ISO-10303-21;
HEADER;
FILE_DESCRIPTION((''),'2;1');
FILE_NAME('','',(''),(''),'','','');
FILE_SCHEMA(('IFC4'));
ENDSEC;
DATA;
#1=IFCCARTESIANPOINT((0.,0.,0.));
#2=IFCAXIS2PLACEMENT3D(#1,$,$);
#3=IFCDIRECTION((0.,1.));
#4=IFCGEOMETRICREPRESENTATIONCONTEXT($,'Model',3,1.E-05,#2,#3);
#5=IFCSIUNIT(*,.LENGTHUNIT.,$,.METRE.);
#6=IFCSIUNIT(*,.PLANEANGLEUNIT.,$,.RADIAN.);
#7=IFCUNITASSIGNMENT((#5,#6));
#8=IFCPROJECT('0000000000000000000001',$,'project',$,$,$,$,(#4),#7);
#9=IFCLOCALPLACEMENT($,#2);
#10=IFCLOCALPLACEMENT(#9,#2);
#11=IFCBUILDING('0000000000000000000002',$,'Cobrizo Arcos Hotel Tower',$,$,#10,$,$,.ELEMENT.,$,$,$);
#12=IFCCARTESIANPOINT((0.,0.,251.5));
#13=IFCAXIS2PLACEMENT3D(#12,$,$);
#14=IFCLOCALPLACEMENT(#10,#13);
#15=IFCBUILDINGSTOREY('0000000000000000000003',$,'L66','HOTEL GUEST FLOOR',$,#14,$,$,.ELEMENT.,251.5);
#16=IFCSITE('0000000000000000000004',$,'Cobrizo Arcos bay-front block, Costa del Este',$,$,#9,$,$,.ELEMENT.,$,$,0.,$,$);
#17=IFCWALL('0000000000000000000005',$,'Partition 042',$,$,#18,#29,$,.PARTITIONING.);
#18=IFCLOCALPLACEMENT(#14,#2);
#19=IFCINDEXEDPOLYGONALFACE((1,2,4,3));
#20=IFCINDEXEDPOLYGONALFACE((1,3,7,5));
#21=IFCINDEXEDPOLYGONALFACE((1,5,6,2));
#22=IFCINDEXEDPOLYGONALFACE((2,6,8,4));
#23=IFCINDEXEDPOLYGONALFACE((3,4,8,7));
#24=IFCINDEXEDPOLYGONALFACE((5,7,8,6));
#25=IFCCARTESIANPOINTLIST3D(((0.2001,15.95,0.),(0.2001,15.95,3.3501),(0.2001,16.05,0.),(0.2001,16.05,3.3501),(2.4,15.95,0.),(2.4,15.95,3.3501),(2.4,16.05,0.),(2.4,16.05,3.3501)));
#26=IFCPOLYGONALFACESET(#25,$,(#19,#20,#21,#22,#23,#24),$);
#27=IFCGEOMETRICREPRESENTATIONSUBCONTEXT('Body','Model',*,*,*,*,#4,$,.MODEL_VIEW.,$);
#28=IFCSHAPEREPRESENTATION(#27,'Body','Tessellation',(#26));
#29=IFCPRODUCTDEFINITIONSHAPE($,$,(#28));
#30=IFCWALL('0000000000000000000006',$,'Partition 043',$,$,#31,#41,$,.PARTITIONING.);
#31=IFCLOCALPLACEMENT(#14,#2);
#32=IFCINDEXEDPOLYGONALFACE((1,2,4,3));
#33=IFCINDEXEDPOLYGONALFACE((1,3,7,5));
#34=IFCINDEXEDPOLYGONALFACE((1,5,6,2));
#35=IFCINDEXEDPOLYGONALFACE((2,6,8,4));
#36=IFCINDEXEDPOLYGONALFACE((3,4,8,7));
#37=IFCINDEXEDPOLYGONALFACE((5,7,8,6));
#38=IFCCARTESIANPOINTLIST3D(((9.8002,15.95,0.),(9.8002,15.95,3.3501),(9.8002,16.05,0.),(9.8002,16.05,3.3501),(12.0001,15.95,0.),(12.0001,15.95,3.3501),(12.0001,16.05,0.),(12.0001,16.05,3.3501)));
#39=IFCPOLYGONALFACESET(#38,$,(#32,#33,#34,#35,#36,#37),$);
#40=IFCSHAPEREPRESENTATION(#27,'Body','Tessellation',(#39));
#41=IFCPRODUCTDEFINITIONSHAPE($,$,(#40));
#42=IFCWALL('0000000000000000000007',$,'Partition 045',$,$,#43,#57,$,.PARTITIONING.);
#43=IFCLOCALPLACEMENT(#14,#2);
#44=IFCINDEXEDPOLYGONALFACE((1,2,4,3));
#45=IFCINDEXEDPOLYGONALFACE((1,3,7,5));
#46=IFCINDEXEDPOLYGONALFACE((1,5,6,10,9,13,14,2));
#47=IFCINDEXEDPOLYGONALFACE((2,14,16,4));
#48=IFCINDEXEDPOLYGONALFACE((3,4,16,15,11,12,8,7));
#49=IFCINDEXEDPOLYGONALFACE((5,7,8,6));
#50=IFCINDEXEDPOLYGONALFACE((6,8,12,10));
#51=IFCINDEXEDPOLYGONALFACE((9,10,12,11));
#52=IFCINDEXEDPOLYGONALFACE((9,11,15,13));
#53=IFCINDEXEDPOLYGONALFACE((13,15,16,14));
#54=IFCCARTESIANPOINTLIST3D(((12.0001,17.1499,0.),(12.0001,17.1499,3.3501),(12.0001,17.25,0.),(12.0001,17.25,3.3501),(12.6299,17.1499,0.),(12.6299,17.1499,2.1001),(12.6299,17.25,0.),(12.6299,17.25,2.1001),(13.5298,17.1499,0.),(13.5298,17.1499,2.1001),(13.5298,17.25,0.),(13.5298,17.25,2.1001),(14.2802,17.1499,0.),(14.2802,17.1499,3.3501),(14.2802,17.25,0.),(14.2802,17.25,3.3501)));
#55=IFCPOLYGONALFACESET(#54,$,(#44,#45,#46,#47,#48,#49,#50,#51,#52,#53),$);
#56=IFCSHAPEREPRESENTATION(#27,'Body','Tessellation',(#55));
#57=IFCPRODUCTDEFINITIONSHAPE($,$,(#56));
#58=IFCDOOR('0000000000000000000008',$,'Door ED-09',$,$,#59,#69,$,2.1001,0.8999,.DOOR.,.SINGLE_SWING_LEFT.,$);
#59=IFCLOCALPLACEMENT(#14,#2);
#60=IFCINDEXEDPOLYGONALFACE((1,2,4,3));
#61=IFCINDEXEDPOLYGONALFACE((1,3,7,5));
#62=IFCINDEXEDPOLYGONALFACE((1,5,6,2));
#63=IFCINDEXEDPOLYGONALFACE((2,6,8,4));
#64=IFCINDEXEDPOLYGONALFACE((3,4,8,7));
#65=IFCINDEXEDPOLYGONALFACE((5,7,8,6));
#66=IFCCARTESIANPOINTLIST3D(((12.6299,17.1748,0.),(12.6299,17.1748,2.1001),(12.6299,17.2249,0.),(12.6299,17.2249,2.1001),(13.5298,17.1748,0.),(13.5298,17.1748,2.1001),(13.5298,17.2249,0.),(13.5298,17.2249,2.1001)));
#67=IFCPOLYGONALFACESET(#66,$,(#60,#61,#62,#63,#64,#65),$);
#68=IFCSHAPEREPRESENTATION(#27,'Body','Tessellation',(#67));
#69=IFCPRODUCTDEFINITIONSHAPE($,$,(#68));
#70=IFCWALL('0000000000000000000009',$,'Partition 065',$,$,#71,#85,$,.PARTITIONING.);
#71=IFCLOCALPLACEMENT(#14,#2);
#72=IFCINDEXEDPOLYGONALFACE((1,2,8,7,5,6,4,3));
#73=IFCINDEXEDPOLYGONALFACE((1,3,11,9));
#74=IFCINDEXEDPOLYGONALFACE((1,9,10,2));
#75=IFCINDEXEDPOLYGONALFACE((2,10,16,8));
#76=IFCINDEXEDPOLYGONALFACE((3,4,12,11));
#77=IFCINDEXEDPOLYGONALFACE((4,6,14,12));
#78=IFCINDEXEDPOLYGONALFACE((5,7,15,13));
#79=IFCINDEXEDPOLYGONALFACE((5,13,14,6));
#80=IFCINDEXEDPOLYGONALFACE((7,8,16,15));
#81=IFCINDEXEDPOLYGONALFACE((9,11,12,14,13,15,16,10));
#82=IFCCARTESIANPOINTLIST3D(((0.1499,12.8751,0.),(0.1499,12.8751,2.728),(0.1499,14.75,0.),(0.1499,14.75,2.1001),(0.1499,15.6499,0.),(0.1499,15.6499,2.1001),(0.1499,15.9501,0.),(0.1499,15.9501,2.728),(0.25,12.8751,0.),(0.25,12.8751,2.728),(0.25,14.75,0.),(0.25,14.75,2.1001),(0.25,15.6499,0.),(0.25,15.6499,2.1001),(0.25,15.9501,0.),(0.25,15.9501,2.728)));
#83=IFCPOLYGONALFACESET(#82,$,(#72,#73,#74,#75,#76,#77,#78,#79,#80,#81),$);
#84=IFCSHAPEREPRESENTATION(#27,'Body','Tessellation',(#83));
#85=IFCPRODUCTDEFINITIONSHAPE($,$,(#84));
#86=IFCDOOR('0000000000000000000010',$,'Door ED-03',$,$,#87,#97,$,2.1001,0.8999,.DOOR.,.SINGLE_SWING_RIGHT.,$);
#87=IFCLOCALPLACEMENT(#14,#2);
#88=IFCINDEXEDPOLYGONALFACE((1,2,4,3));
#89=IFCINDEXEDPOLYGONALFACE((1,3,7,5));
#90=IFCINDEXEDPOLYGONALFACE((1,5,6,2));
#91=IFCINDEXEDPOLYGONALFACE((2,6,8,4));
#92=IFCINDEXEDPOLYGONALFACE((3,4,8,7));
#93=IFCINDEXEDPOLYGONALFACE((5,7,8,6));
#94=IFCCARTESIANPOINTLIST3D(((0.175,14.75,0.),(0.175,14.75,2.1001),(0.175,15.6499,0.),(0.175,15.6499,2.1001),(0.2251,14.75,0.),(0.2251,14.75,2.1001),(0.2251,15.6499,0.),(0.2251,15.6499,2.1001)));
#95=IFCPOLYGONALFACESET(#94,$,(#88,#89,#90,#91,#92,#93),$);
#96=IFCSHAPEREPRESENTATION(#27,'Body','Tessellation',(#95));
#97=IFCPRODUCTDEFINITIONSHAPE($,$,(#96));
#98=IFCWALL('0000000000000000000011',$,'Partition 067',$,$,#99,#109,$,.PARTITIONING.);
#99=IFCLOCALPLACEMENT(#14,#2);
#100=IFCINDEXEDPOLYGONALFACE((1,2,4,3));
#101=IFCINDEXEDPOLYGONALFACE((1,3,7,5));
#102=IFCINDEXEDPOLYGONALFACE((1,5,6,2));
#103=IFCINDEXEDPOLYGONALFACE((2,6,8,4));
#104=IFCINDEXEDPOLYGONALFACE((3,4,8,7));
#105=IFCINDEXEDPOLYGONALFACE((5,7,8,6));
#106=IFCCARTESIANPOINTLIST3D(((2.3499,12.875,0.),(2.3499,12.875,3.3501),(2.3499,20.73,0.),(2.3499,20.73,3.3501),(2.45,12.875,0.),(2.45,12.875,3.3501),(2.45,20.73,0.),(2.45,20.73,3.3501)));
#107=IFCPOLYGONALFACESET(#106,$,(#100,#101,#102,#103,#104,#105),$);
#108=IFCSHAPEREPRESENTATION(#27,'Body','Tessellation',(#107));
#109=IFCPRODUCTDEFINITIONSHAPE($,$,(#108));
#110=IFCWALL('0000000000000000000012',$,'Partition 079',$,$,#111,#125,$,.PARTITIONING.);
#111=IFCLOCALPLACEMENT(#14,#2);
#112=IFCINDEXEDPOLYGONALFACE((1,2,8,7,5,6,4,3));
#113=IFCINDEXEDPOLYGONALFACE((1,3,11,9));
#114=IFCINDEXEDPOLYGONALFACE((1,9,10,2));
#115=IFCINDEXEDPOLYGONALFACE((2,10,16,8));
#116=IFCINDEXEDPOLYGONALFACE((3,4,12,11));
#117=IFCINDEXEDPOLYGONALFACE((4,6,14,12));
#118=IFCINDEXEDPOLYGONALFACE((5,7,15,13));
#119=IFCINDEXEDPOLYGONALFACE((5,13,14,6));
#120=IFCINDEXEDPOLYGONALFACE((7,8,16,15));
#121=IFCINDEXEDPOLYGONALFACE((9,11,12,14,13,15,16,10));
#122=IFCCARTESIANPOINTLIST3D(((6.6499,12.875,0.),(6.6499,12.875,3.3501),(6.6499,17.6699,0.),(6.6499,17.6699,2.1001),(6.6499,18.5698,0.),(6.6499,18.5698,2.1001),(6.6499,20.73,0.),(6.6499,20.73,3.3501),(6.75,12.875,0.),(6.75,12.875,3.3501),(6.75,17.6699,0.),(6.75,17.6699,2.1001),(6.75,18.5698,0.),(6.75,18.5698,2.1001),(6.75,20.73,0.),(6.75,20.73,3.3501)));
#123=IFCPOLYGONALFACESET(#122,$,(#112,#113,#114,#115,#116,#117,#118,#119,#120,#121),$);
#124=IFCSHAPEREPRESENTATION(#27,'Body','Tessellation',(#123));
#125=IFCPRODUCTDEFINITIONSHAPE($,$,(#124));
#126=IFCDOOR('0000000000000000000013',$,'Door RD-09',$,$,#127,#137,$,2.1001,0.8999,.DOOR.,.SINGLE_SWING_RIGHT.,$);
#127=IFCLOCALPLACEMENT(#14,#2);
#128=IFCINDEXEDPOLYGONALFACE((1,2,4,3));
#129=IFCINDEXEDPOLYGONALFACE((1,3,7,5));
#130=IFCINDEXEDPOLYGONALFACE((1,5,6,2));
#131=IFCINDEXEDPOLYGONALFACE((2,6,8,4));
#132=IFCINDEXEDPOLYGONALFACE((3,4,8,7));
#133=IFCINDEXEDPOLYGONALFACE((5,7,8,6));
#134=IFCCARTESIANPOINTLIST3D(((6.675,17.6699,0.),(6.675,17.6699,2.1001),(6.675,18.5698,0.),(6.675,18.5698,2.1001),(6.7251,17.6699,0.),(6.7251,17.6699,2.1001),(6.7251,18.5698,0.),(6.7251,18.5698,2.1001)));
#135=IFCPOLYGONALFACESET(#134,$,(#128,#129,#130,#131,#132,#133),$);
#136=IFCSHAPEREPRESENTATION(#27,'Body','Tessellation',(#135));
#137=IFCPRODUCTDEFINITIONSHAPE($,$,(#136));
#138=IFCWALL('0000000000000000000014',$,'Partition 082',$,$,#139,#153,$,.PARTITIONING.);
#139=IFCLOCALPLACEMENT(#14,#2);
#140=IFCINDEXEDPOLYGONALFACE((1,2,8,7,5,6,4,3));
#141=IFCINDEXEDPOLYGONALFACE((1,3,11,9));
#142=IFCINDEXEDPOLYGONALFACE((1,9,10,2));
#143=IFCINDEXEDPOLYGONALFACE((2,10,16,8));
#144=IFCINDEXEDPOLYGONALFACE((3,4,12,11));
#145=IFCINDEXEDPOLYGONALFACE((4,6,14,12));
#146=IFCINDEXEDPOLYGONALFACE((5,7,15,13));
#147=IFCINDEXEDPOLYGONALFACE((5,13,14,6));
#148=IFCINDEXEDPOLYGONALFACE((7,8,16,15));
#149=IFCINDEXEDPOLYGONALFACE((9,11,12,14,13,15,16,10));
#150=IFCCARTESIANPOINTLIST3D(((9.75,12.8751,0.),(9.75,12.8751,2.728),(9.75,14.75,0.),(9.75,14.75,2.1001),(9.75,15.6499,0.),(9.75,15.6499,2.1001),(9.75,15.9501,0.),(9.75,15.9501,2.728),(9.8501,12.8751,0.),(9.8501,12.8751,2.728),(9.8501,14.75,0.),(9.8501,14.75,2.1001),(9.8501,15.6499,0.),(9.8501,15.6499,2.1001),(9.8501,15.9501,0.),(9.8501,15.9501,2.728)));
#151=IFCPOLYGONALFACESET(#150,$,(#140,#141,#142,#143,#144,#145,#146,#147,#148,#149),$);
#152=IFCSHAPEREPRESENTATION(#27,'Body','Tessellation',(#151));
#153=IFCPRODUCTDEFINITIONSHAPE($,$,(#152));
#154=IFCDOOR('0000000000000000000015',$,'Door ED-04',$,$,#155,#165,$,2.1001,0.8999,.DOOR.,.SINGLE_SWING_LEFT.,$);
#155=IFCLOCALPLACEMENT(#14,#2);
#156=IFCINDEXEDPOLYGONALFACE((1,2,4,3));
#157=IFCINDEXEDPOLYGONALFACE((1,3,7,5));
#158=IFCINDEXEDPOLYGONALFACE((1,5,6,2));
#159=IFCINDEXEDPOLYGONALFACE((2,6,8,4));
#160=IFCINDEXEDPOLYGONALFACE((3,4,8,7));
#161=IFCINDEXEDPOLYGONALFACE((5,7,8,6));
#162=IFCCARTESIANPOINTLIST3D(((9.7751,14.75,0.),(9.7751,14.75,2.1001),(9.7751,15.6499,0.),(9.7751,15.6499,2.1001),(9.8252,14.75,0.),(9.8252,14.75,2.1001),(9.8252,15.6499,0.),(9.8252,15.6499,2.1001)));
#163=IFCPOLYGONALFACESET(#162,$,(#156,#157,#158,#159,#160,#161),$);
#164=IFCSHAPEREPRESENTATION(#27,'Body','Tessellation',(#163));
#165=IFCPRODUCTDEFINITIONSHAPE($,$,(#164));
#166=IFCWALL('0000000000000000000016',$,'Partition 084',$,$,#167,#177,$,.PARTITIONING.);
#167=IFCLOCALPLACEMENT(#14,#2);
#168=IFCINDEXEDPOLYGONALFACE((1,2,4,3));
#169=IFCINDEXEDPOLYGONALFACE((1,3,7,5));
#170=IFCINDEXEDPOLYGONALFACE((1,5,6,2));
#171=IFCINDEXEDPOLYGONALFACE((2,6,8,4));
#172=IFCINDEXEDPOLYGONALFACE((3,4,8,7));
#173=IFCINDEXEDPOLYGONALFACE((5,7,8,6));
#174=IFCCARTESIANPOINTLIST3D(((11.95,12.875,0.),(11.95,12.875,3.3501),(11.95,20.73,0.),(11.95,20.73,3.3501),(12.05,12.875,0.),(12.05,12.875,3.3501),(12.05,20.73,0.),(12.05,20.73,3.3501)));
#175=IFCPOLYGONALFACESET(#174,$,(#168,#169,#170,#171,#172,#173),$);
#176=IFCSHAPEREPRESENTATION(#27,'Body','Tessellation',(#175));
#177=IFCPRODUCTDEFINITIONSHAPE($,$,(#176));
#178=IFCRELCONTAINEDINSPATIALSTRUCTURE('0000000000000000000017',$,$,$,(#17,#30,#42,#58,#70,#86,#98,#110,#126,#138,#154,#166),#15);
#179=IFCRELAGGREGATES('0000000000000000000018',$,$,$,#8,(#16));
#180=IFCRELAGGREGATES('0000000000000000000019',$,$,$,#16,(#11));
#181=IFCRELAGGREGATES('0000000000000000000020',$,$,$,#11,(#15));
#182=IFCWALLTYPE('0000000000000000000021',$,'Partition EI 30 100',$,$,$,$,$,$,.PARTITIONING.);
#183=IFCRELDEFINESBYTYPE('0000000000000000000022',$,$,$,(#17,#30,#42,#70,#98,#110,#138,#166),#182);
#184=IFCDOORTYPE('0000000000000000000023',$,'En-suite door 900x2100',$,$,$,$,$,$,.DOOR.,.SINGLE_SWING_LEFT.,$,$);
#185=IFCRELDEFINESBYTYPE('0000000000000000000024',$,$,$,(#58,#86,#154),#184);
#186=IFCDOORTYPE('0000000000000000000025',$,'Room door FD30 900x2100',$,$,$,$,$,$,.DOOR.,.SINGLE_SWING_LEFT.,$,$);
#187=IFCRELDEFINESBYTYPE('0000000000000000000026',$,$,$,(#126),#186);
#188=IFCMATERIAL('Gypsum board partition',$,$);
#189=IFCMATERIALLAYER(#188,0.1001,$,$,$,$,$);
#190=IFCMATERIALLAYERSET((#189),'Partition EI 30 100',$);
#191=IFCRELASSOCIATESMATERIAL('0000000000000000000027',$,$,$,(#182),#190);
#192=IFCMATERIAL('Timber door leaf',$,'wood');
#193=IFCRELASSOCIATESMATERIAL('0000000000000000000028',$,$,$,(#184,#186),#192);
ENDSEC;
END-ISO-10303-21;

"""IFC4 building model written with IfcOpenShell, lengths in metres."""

from ifc_helpers import new_model, si_unit, direction, frame, frame_2d, origin, place, context, subcontext, project, spatial, rectangle, extrude, material, layer, layer_set, type_object, element, fill, save


model = new_model("IFC4")

# Units and contexts
model_context = context("Model", 3, precision=1e-05, world=origin(), true_north=direction((0.0, 1.0)))
body_context = subcontext(model_context, "Body", "Model", "MODEL_VIEW")
ifc_project = project(units=[si_unit("LENGTHUNIT", "METRE"), si_unit("PLANEANGLEUNIT", "RADIAN")], contexts=[model_context])

# Site, building, storey
site_placement = place(None, origin())
site = spatial("IfcSite", under=ifc_project, at=site_placement, Name="Cobrizo Arcos bay-front block, Costa del Este", CompositionType="ELEMENT", RefElevation=0.0)
building_placement = place(site_placement, origin())
building = spatial("IfcBuilding", under=site, at=building_placement, Name="Cobrizo Arcos Hotel Tower", CompositionType="ELEMENT")
storey_placement = place(building_placement, frame((0.0, 0.0, 251.5)))
storey = spatial("IfcBuildingStorey", under=building, at=storey_placement, Name="L66", Description="HOTEL GUEST FLOOR", CompositionType="ELEMENT", Elevation=251.5)

# Walls
ifc_material_1 = material(Name="Gypsum board partition")
ifc_layer_1 = layer(ifc_material_1, 0.1001)
ifc_layer_set_1 = layer_set([ifc_layer_1], Name="Partition EI 30 100")
wall_type = type_object("IfcWallType", Name="Partition EI 30 100", PredefinedType="PARTITIONING", material=ifc_layer_set_1)
for number, where, z_axis, x_axis, name in (
    (1, (0.2, 16.0, 0.0), (0.0, 0.0, 1.0), (1.0, 0.0, 0.0), "Partition 042"),
    (2, (9.8, 16.0, 0.0), (0.0, 0.0, 1.0), (1.0, 0.0, 0.0), "Partition 043"),
):
    element("IfcWall", number, at=place(storey_placement, frame(where, z_axis=z_axis, x_axis=x_axis)), inside=storey, type_object=wall_type, Name=name, PredefinedType="PARTITIONING", context=body_context, shape_type="SweptSolid", body=[
        extrude(rectangle(XDim=2.2, YDim=0.1001, at=frame_2d((1.1001, 0.0))), origin(), (0.0, 0.0, 1.0), 3.3501),
    ])

# Walls, openings, doors
wall_1_placement = place(storey_placement, frame((12.0, 17.2, 0.0), z_axis=(0.0, 0.0, 1.0), x_axis=(1.0, 0.0, 0.0)))
wall_1 = element("IfcWall", 3, at=wall_1_placement, inside=storey, type_object=wall_type, Name="Partition 045", PredefinedType="PARTITIONING", context=body_context, shape_type="SweptSolid", body=[
    extrude(rectangle(XDim=2.28, YDim=0.1001, at=frame_2d((1.1401, 0.0))), origin(), (0.0, 0.0, 1.0), 3.3501),
])
opening_1_placement = place(wall_1_placement, frame((0.6299, 0.0, 0.0)))
opening_1 = element("IfcOpeningElement", 4, at=opening_1_placement, cuts=wall_1, PredefinedType="OPENING", context=body_context, shape_type="SweptSolid", body=[
    extrude(rectangle(XDim=0.8999, YDim=2.1001, at=frame_2d((0.45, 1.05))), frame((0.0, 0.062, 0.0), z_axis=(0.0, -1.0, 0.0), x_axis=(1.0, 0.0, 0.0)), (0.0, 0.0, 1.0), 0.124),
])
ifc_material_2 = material(Name="Timber door leaf", Category="wood")
door_type_1 = type_object("IfcDoorType", Name="En-suite door 900x2100", OperationType="SINGLE_SWING_LEFT", PredefinedType="DOOR", material=ifc_material_2)
door_1_placement = place(opening_1_placement, origin())
door_1 = element("IfcDoor", 5, at=door_1_placement, inside=storey, type_object=door_type_1, Name="Door ED-09", OperationType="SINGLE_SWING_LEFT", OverallHeight=2.1001, OverallWidth=0.8999, PredefinedType="DOOR", context=body_context, shape_type="SweptSolid", body=[
    extrude(rectangle(XDim=0.8999, YDim=2.1001, at=frame_2d((0.45, 1.05))), frame((0.0, 0.0249, 0.0), z_axis=(0.0, -1.0, 0.0), x_axis=(1.0, 0.0, 0.0)), (0.0, 0.0, 1.0), 0.05),
])
fill(opening_1, door_1)
wall_2_placement = place(storey_placement, frame((0.2, 12.875, 0.0), z_axis=(0.0, 0.0, 1.0), x_axis=(0.0, 1.0, 0.0)))
wall_2 = element("IfcWall", 6, at=wall_2_placement, inside=storey, type_object=wall_type, Name="Partition 065", PredefinedType="PARTITIONING", context=body_context, shape_type="SweptSolid", body=[
    extrude(rectangle(XDim=3.075, YDim=0.1001, at=frame_2d((1.5376, 0.0))), origin(), (0.0, 0.0, 1.0), 2.728),
])
opening_2_placement = place(wall_2_placement, frame((1.875, 0.0, 0.0)))
opening_2 = element("IfcOpeningElement", 7, at=opening_2_placement, cuts=wall_2, PredefinedType="OPENING", context=body_context, shape_type="SweptSolid", body=[
    extrude(rectangle(XDim=0.8999, YDim=2.1001, at=frame_2d((0.45, 1.05))), frame((0.0, 0.062, 0.0), z_axis=(0.0, -1.0, 0.0), x_axis=(1.0, 0.0, 0.0)), (0.0, 0.0, 1.0), 0.124),
])
door_2_placement = place(opening_2_placement, origin())
door_2 = element("IfcDoor", 8, at=door_2_placement, inside=storey, type_object=door_type_1, Name="Door ED-03", OperationType="SINGLE_SWING_RIGHT", OverallHeight=2.1001, OverallWidth=0.8999, PredefinedType="DOOR", context=body_context, shape_type="SweptSolid", body=[
    extrude(rectangle(XDim=0.8999, YDim=2.1001, at=frame_2d((0.45, 1.05))), frame((0.0, 0.0249, 0.0), z_axis=(0.0, -1.0, 0.0), x_axis=(1.0, 0.0, 0.0)), (0.0, 0.0, 1.0), 0.05),
])
fill(opening_2, door_2)

# Wall
wall_3_placement = place(storey_placement, frame((2.3999, 12.875, 0.0), z_axis=(0.0, 0.0, 1.0), x_axis=(0.0, 1.0, 0.0)))
element("IfcWall", 9, at=wall_3_placement, inside=storey, type_object=wall_type, Name="Partition 067", PredefinedType="PARTITIONING", context=body_context, shape_type="SweptSolid", body=[
    extrude(rectangle(XDim=7.855, YDim=0.1001, at=frame_2d((3.9275, 0.0))), origin(), (0.0, 0.0, 1.0), 3.3501),
])

# Walls, openings, doors
wall_4_placement = place(storey_placement, frame((6.7, 12.875, 0.0), z_axis=(0.0, 0.0, 1.0), x_axis=(0.0, 1.0, 0.0)))
wall_4 = element("IfcWall", 10, at=wall_4_placement, inside=storey, type_object=wall_type, Name="Partition 079", PredefinedType="PARTITIONING", context=body_context, shape_type="SweptSolid", body=[
    extrude(rectangle(XDim=7.855, YDim=0.1001, at=frame_2d((3.9275, 0.0))), origin(), (0.0, 0.0, 1.0), 3.3501),
])
opening_3_placement = place(wall_4_placement, frame((4.7949, 0.0, 0.0)))
opening_3 = element("IfcOpeningElement", 11, at=opening_3_placement, cuts=wall_4, PredefinedType="OPENING", context=body_context, shape_type="SweptSolid", body=[
    extrude(rectangle(XDim=0.8999, YDim=2.1001, at=frame_2d((0.45, 1.05))), frame((0.0, 0.062, 0.0), z_axis=(0.0, -1.0, 0.0), x_axis=(1.0, 0.0, 0.0)), (0.0, 0.0, 1.0), 0.124),
])
door_type_2 = type_object("IfcDoorType", Name="Room door FD30 900x2100", OperationType="SINGLE_SWING_LEFT", PredefinedType="DOOR", material=ifc_material_2)
door_3_placement = place(opening_3_placement, origin())
door_3 = element("IfcDoor", 12, at=door_3_placement, inside=storey, type_object=door_type_2, Name="Door RD-09", OperationType="SINGLE_SWING_RIGHT", OverallHeight=2.1001, OverallWidth=0.8999, PredefinedType="DOOR", context=body_context, shape_type="SweptSolid", body=[
    extrude(rectangle(XDim=0.8999, YDim=2.1001, at=frame_2d((0.45, 1.05))), frame((0.0, 0.0249, 0.0), z_axis=(0.0, -1.0, 0.0), x_axis=(1.0, 0.0, 0.0)), (0.0, 0.0, 1.0), 0.05),
])
fill(opening_3, door_3)
wall_5_placement = place(storey_placement, frame((9.8, 12.875, 0.0), z_axis=(0.0, 0.0, 1.0), x_axis=(0.0, 1.0, 0.0)))
wall_5 = element("IfcWall", 13, at=wall_5_placement, inside=storey, type_object=wall_type, Name="Partition 082", PredefinedType="PARTITIONING", context=body_context, shape_type="SweptSolid", body=[
    extrude(rectangle(XDim=3.075, YDim=0.1001, at=frame_2d((1.5376, 0.0))), origin(), (0.0, 0.0, 1.0), 2.728),
])
opening_4_placement = place(wall_5_placement, frame((1.875, 0.0, 0.0)))
opening_4 = element("IfcOpeningElement", 14, at=opening_4_placement, cuts=wall_5, PredefinedType="OPENING", context=body_context, shape_type="SweptSolid", body=[
    extrude(rectangle(XDim=0.8999, YDim=2.1001, at=frame_2d((0.45, 1.05))), frame((0.0, 0.062, 0.0), z_axis=(0.0, -1.0, 0.0), x_axis=(1.0, 0.0, 0.0)), (0.0, 0.0, 1.0), 0.124),
])
door_4_placement = place(opening_4_placement, origin())
door_4 = element("IfcDoor", 15, at=door_4_placement, inside=storey, type_object=door_type_1, Name="Door ED-04", OperationType="SINGLE_SWING_LEFT", OverallHeight=2.1001, OverallWidth=0.8999, PredefinedType="DOOR", context=body_context, shape_type="SweptSolid", body=[
    extrude(rectangle(XDim=0.8999, YDim=2.1001, at=frame_2d((0.45, 1.05))), frame((0.0, 0.0249, 0.0), z_axis=(0.0, -1.0, 0.0), x_axis=(1.0, 0.0, 0.0)), (0.0, 0.0, 1.0), 0.05),
])
fill(opening_4, door_4)

# Wall
wall_6_placement = place(storey_placement, frame((12.0, 12.875, 0.0), z_axis=(0.0, 0.0, 1.0), x_axis=(0.0, 1.0, 0.0)))
element("IfcWall", 16, at=wall_6_placement, inside=storey, type_object=wall_type, Name="Partition 084", PredefinedType="PARTITIONING", context=body_context, shape_type="SweptSolid", body=[
    extrude(rectangle(XDim=7.855, YDim=0.1001, at=frame_2d((3.9275, 0.0))), origin(), (0.0, 0.0, 1.0), 3.3501),
])

save(model, "model.ifc")
